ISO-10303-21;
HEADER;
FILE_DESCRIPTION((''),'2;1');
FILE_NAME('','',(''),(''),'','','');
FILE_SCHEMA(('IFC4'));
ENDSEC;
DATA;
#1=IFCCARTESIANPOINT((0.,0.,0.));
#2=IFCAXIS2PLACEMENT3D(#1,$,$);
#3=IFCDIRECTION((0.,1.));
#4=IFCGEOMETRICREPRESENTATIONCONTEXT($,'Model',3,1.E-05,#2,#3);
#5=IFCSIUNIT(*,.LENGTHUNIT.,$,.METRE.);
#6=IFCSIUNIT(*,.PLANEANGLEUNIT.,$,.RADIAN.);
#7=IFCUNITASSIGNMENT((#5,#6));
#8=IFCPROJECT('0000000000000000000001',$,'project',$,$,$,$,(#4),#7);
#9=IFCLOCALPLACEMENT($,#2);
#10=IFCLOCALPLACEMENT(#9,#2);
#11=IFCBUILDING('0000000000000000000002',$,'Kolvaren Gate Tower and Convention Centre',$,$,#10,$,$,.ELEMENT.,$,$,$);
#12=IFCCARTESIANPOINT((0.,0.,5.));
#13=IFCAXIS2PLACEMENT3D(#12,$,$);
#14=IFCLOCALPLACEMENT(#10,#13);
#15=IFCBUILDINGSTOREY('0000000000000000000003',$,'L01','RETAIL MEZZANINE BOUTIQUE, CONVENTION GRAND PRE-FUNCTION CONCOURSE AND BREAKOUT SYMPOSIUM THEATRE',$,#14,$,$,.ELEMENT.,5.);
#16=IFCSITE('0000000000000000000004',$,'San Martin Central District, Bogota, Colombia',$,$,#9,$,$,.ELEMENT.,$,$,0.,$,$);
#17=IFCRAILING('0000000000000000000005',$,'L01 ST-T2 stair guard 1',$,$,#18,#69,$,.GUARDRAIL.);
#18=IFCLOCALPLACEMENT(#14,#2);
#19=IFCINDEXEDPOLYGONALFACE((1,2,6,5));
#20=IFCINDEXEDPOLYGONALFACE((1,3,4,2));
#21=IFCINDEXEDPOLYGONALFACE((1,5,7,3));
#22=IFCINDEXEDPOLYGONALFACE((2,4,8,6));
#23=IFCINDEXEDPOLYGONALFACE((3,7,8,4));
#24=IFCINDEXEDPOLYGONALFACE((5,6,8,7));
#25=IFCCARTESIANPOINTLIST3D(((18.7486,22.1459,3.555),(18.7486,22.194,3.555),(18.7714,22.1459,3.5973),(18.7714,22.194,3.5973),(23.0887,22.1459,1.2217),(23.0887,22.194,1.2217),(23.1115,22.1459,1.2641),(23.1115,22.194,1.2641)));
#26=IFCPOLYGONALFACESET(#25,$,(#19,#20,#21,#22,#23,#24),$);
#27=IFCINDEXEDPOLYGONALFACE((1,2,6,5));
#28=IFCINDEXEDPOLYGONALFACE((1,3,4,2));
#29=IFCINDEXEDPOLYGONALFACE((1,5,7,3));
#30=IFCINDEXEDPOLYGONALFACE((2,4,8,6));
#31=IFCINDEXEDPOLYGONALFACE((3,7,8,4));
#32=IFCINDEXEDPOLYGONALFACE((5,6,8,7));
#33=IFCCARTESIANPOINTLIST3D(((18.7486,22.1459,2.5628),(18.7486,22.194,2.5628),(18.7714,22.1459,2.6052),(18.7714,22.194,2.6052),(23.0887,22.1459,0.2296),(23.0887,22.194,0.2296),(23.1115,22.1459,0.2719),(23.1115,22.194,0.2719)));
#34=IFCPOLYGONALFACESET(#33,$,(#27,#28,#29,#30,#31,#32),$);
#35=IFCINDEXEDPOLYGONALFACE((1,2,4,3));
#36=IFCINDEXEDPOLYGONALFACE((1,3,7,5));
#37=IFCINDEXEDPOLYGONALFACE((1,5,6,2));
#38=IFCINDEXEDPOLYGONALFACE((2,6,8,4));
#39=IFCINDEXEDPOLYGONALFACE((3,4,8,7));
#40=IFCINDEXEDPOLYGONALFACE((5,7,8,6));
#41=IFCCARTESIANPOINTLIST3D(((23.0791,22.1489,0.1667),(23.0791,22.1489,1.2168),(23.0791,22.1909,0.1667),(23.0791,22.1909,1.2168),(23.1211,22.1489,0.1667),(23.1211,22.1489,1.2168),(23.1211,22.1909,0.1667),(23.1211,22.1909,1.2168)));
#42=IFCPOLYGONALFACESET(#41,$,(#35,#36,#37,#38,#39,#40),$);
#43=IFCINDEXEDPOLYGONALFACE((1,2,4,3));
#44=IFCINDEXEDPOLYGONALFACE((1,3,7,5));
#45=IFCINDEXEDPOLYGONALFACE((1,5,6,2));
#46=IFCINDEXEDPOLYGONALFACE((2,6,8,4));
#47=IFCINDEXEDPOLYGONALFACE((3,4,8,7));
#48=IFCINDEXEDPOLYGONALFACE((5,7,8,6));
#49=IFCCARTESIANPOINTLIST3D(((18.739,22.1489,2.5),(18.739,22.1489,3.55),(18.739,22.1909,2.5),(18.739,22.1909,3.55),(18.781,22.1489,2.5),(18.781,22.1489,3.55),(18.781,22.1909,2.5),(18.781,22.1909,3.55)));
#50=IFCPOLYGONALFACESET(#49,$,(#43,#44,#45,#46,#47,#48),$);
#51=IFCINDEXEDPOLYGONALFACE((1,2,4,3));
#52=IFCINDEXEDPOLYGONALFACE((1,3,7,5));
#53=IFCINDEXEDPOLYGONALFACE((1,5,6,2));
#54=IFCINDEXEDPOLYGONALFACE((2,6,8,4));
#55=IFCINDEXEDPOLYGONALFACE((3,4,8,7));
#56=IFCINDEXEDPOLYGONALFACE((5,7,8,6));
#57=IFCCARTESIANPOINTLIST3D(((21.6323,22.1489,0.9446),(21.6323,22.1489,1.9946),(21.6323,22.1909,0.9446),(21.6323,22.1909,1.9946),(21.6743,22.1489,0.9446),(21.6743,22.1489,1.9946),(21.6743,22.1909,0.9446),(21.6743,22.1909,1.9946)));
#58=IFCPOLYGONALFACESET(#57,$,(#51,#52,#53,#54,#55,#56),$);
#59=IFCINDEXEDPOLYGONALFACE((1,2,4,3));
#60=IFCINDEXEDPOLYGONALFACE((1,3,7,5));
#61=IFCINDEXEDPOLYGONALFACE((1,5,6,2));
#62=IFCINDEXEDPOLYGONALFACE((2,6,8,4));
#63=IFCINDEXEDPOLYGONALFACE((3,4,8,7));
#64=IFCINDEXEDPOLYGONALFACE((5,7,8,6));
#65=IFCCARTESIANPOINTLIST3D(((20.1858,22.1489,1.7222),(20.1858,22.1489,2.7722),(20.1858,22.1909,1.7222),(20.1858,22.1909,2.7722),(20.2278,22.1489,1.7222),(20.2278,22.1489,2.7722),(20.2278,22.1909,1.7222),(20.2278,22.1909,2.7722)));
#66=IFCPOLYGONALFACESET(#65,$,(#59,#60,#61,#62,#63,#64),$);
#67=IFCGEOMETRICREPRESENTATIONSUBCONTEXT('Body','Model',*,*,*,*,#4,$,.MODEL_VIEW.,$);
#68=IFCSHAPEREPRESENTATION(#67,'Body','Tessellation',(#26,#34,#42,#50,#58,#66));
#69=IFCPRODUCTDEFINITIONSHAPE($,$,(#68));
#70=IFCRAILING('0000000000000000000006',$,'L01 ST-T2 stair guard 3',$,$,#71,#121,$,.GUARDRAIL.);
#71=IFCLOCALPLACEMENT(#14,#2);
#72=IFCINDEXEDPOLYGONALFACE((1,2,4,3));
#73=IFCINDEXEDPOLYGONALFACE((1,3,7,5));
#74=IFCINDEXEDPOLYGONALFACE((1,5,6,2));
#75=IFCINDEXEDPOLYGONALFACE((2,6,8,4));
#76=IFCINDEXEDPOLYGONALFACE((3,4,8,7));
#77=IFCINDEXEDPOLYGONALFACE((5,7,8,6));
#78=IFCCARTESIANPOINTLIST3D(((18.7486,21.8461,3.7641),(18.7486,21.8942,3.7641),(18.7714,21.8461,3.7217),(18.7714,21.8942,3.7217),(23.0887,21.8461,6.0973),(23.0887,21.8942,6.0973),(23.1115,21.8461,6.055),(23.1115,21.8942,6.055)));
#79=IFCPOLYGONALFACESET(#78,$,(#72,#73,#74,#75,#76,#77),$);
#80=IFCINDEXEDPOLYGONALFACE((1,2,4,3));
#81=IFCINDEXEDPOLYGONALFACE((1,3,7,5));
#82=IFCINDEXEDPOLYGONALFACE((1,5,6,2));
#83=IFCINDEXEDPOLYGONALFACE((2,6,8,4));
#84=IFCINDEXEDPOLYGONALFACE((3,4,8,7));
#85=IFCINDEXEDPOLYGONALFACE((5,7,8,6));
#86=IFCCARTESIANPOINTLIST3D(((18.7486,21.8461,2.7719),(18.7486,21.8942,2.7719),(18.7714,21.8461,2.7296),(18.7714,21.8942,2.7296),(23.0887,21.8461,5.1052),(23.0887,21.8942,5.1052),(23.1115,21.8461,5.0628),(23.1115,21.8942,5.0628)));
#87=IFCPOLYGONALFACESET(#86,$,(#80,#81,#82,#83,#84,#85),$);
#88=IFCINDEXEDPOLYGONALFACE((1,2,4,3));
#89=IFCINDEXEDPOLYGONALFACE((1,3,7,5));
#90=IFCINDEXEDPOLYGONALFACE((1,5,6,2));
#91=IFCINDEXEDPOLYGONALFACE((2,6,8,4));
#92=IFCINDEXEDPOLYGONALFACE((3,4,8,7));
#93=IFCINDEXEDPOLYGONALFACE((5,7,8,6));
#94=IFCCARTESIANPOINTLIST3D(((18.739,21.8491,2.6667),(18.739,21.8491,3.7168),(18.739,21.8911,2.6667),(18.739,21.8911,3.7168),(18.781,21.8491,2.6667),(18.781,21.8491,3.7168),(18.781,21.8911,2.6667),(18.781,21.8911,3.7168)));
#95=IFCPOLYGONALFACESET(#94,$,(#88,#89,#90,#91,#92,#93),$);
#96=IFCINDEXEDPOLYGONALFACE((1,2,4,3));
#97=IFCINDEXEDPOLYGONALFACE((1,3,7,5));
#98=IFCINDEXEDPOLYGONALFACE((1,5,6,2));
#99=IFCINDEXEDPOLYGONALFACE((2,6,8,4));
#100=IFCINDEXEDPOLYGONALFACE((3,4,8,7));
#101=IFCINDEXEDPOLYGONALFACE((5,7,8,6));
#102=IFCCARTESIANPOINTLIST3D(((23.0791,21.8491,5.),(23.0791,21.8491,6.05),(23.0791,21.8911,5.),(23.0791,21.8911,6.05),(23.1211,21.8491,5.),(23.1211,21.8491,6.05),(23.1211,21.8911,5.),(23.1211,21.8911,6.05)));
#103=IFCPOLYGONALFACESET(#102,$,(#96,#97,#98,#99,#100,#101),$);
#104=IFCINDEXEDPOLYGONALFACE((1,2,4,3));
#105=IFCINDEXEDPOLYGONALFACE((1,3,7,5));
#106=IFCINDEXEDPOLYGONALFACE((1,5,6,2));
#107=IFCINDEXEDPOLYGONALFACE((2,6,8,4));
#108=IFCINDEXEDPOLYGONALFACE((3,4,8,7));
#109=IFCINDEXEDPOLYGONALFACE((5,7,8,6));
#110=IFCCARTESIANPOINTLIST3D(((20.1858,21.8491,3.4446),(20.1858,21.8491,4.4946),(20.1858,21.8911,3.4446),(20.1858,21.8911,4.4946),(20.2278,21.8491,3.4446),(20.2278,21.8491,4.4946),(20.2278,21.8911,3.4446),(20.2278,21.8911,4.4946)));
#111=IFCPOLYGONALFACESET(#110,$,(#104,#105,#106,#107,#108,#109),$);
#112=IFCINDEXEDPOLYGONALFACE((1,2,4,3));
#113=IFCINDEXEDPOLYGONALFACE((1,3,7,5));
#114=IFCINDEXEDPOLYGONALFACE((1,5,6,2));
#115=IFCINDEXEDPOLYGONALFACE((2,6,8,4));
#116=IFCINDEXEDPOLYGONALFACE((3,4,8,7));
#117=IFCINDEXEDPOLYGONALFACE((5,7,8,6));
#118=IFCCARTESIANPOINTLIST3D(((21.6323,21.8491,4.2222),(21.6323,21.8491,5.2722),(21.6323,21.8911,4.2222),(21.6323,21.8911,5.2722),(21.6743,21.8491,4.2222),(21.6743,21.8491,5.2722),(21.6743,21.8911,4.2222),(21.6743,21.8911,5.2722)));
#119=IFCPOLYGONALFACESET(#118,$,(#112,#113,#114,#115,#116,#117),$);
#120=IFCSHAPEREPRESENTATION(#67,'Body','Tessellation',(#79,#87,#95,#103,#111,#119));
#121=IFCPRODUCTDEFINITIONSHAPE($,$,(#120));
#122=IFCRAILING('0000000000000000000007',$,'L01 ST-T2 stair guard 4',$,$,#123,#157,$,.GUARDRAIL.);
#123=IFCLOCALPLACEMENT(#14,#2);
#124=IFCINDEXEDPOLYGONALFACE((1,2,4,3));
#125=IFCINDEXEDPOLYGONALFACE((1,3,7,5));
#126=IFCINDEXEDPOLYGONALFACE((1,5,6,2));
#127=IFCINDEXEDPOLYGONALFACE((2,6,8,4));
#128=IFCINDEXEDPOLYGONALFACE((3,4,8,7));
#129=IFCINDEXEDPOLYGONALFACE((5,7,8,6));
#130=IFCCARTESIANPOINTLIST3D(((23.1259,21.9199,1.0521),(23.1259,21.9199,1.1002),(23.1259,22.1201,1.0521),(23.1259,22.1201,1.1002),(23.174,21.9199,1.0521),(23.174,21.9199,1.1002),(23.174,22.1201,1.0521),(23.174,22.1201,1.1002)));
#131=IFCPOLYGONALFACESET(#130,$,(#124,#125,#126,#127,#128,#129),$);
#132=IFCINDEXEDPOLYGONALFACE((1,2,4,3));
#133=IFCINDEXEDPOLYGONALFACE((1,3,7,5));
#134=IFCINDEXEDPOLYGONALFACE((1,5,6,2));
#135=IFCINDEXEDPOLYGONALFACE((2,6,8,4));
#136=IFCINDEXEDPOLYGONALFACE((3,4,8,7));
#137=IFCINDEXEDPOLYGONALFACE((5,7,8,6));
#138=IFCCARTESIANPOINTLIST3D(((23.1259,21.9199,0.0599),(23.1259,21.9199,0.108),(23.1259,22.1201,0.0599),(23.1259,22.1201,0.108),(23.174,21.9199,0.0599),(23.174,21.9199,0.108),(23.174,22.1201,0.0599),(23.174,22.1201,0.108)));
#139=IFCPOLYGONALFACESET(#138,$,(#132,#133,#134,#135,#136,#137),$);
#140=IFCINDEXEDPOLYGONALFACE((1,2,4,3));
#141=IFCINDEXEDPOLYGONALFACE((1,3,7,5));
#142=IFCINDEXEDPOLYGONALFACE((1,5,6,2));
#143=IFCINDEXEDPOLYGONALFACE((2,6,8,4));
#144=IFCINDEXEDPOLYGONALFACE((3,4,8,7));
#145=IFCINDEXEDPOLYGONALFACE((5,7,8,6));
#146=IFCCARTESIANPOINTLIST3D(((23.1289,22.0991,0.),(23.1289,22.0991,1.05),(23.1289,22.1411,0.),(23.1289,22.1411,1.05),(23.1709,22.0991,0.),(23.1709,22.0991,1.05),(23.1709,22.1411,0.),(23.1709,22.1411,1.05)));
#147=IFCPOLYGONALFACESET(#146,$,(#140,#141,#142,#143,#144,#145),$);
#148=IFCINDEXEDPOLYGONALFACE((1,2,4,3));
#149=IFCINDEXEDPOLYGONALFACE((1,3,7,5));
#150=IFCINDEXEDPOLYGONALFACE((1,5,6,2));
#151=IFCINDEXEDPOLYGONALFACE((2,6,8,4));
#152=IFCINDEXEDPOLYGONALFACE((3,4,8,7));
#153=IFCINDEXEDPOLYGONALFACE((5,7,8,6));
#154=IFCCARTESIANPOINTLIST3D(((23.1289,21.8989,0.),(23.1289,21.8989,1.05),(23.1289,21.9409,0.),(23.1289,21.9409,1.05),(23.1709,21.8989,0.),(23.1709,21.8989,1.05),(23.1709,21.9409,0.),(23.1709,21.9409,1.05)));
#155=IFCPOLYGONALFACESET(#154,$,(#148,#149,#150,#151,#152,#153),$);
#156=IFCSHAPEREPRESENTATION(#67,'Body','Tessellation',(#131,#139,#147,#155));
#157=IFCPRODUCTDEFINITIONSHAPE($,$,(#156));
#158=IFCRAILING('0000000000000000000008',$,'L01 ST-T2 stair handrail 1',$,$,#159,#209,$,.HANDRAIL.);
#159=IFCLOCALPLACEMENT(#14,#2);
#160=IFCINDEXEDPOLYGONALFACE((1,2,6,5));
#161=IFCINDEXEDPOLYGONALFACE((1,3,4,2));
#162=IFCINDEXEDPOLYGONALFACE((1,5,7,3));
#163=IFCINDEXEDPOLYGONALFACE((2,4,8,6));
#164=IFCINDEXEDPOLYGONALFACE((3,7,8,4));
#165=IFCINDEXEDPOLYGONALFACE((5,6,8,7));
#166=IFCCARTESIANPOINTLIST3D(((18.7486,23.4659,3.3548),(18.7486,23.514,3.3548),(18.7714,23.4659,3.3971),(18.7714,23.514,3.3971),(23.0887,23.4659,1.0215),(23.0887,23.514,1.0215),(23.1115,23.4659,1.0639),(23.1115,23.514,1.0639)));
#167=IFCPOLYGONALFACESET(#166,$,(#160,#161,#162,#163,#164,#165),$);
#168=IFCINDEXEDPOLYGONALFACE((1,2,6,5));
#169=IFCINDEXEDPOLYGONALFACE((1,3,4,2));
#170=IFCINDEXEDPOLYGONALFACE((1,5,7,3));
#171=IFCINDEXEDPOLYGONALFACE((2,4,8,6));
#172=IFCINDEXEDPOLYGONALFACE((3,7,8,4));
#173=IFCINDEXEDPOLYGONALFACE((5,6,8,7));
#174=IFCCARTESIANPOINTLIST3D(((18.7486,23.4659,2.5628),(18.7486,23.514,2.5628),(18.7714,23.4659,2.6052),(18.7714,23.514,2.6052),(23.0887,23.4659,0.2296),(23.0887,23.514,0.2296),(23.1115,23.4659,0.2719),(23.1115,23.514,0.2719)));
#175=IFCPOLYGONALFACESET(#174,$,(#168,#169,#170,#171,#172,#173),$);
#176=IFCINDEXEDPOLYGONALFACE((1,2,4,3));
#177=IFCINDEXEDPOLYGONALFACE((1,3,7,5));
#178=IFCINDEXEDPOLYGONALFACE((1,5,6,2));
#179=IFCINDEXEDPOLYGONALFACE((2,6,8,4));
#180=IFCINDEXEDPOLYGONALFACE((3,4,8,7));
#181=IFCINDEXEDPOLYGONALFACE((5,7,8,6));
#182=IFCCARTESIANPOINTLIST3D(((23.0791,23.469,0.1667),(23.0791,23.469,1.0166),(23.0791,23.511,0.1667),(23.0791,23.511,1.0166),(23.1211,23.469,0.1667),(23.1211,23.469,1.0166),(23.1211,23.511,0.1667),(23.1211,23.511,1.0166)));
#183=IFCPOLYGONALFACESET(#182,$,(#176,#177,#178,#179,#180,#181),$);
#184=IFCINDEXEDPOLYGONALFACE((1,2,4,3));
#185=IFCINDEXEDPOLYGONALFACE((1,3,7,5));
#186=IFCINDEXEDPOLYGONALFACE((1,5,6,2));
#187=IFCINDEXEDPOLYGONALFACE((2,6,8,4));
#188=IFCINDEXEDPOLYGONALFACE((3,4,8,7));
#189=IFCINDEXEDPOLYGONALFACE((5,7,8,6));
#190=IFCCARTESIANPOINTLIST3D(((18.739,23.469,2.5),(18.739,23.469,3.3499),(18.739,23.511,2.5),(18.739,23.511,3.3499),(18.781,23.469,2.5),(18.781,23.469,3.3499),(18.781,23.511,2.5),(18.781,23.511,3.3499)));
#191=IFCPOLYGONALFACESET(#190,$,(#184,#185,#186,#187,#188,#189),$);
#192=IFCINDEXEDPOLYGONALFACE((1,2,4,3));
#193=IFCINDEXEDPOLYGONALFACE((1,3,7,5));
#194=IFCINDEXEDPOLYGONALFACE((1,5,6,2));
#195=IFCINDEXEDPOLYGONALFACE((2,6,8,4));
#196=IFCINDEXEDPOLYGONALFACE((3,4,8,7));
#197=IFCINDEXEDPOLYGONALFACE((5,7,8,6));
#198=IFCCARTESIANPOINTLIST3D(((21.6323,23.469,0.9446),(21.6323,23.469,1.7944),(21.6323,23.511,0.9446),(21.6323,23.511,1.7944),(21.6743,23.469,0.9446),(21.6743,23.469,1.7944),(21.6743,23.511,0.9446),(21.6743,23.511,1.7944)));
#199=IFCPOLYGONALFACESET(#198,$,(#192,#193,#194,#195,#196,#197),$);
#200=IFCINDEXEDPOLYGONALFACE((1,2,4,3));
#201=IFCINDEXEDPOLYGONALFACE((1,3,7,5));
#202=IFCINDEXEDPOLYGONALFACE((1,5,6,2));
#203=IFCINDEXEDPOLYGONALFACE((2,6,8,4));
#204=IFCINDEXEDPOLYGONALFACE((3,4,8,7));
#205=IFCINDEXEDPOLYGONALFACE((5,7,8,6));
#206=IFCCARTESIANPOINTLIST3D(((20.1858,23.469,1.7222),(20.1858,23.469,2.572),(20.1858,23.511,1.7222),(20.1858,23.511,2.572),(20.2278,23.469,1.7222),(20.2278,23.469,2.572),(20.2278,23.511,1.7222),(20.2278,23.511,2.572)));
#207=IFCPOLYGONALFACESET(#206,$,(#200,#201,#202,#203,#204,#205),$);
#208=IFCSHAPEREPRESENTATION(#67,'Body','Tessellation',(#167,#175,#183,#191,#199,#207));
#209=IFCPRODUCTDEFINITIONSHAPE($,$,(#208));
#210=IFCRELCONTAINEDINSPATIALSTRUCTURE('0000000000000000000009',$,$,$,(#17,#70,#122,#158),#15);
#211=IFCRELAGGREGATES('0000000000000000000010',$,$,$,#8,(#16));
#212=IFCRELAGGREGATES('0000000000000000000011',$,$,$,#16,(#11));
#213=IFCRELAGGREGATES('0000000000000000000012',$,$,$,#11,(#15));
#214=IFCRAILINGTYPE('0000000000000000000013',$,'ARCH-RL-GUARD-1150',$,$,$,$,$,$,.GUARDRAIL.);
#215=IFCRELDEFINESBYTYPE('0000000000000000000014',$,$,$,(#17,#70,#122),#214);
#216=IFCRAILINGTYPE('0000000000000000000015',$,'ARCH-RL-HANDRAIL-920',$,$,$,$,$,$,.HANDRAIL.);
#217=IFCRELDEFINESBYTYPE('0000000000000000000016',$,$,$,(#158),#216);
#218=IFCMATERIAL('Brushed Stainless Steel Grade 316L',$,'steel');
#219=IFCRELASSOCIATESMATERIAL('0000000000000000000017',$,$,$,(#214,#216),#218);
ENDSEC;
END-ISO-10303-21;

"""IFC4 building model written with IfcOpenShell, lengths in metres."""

from ifc_helpers import new_model, si_unit, direction, frame, origin, origin_2d, place, context, subcontext, project, spatial, rectangle, extrude, material, type_object, element, save


model = new_model("IFC4")

# Units and contexts
model_context = context("Model", 3, precision=1e-05, world=origin(), true_north=direction((0.0, 1.0)))
body_context = subcontext(model_context, "Body", "Model", "MODEL_VIEW")
ifc_project = project(units=[si_unit("LENGTHUNIT", "METRE"), si_unit("PLANEANGLEUNIT", "RADIAN")], contexts=[model_context])

# Site, building, storey
site_placement = place(None, origin())
site = spatial("IfcSite", under=ifc_project, at=site_placement, Name="San Martin Central District, Bogota, Colombia", CompositionType="ELEMENT", RefElevation=0.0)
building_placement = place(site_placement, origin())
building = spatial("IfcBuilding", under=site, at=building_placement, Name="Kolvaren Gate Tower and Convention Centre", CompositionType="ELEMENT")
storey_placement = place(building_placement, frame((0.0, 0.0, 5.0)))
storey = spatial("IfcBuildingStorey", under=building, at=storey_placement, Name="L01", Description="RETAIL MEZZANINE BOUTIQUE, CONVENTION GRAND PRE-FUNCTION CONCOURSE AND BREAKOUT SYMPOSIUM THEATRE", CompositionType="ELEMENT", Elevation=5.0)

# Shared definitions
ifc_material_1 = material(Name="Brushed Stainless Steel Grade 316L", Category="steel")

# Railings
railing_type_1 = type_object("IfcRailingType", Name="ARCH-RL-GUARD-1150", PredefinedType="GUARDRAIL", material=ifc_material_1)
railing_1_placement = place(storey_placement, frame((23.1001, 22.1699, 0.1667)))
element("IfcRailing", 1, at=railing_1_placement, inside=storey, type_object=railing_type_1, Name="L01 ST-T2 stair guard 1", PredefinedType="GUARDRAIL", context=body_context, shape_type="SweptSolid", body=[
    extrude(rectangle(XDim=0.0481, YDim=0.0481, at=origin_2d()), frame((0.0, 0.0, 1.0762), z_axis=(-0.880786, 0.0, 0.473515), x_axis=(0.0, -1.0, 0.0)), (0.0, 0.0, 1.0), 4.9275),
    extrude(rectangle(XDim=0.0481, YDim=0.0481, at=origin_2d()), frame((0.0, 0.0, 0.084), z_axis=(-0.880786, 0.0, 0.473515), x_axis=(0.0, -1.0, 0.0)), (0.0, 0.0, 1.0), 4.9275),
    extrude(rectangle(XDim=0.042, YDim=0.042, at=origin_2d()), origin(), (0.0, 0.0, 1.0), 1.05),
    extrude(rectangle(XDim=0.042, YDim=0.042, at=origin_2d()), frame((-4.3401, 0.0, 2.3333)), (0.0, 0.0, 1.0), 1.05),
    extrude(rectangle(XDim=0.042, YDim=0.042, at=origin_2d()), frame((-1.4468, 0.0, 0.7778)), (0.0, 0.0, 1.0), 1.05),
    extrude(rectangle(XDim=0.042, YDim=0.042, at=origin_2d()), frame((-2.8933, 0.0, 1.5554)), (0.0, 0.0, 1.0), 1.05),
])
railing_2_placement = place(storey_placement, frame((18.76, 21.8701, 2.6667)))
element("IfcRailing", 2, at=railing_2_placement, inside=storey, type_object=railing_type_1, Name="L01 ST-T2 stair guard 3", PredefinedType="GUARDRAIL", context=body_context, shape_type="SweptSolid", body=[
    extrude(rectangle(XDim=0.0481, YDim=0.0481, at=origin_2d()), frame((0.0, 0.0, 1.0762), z_axis=(0.880786, 0.0, 0.473515), x_axis=(0.0, 1.0, 0.0)), (0.0, 0.0, 1.0), 4.9275),
    extrude(rectangle(XDim=0.0481, YDim=0.0481, at=origin_2d()), frame((0.0, 0.0, 0.084), z_axis=(0.880786, 0.0, 0.473515), x_axis=(0.0, 1.0, 0.0)), (0.0, 0.0, 1.0), 4.9275),
    extrude(rectangle(XDim=0.042, YDim=0.042, at=origin_2d()), origin(), (0.0, 0.0, 1.0), 1.05),
    extrude(rectangle(XDim=0.042, YDim=0.042, at=origin_2d()), frame((4.3401, 0.0, 2.3333)), (0.0, 0.0, 1.0), 1.05),
    extrude(rectangle(XDim=0.042, YDim=0.042, at=origin_2d()), frame((1.4468, 0.0, 0.7778)), (0.0, 0.0, 1.0), 1.05),
    extrude(rectangle(XDim=0.042, YDim=0.042, at=origin_2d()), frame((2.8933, 0.0, 1.5554)), (0.0, 0.0, 1.0), 1.05),
])
railing_3_placement = place(storey_placement, frame((23.1499, 22.1201, 0.0)))
element("IfcRailing", 3, at=railing_3_placement, inside=storey, type_object=railing_type_1, Name="L01 ST-T2 stair guard 4", PredefinedType="GUARDRAIL", context=body_context, shape_type="SweptSolid", body=[
    extrude(rectangle(XDim=0.0481, YDim=0.0481, at=origin_2d()), frame((0.0, 0.0, 1.0762), z_axis=(0.0, -1.0, 0.0), x_axis=(1.0, 0.0, 0.0)), (0.0, 0.0, 1.0), 0.2002),
    extrude(rectangle(XDim=0.0481, YDim=0.0481, at=origin_2d()), frame((0.0, 0.0, 0.084), z_axis=(0.0, -1.0, 0.0), x_axis=(1.0, 0.0, 0.0)), (0.0, 0.0, 1.0), 0.2002),
    extrude(rectangle(XDim=0.042, YDim=0.042, at=origin_2d()), origin(), (0.0, 0.0, 1.0), 1.05),
    extrude(rectangle(XDim=0.042, YDim=0.042, at=origin_2d()), frame((0.0, -0.2002, 0.0)), (0.0, 0.0, 1.0), 1.05),
])
railing_type_2 = type_object("IfcRailingType", Name="ARCH-RL-HANDRAIL-920", PredefinedType="HANDRAIL", material=ifc_material_1)
railing_4_placement = place(storey_placement, frame((23.1001, 23.49, 0.1667)))
element("IfcRailing", 4, at=railing_4_placement, inside=storey, type_object=railing_type_2, Name="L01 ST-T2 stair handrail 1", PredefinedType="HANDRAIL", context=body_context, shape_type="SweptSolid", body=[
    extrude(rectangle(XDim=0.0481, YDim=0.0481, at=origin_2d()), frame((0.0, 0.0, 0.876), z_axis=(-0.880786, 0.0, 0.473515), x_axis=(0.0, -1.0, 0.0)), (0.0, 0.0, 1.0), 4.9275),
    extrude(rectangle(XDim=0.0481, YDim=0.0481, at=origin_2d()), frame((0.0, 0.0, 0.084), z_axis=(-0.880786, 0.0, 0.473515), x_axis=(0.0, -1.0, 0.0)), (0.0, 0.0, 1.0), 4.9275),
    extrude(rectangle(XDim=0.042, YDim=0.042, at=origin_2d()), origin(), (0.0, 0.0, 1.0), 0.8499),
    extrude(rectangle(XDim=0.042, YDim=0.042, at=origin_2d()), frame((-4.3401, 0.0, 2.3333)), (0.0, 0.0, 1.0), 0.8499),
    extrude(rectangle(XDim=0.042, YDim=0.042, at=origin_2d()), frame((-1.4468, 0.0, 0.7778)), (0.0, 0.0, 1.0), 0.8499),
    extrude(rectangle(XDim=0.042, YDim=0.042, at=origin_2d()), frame((-2.8933, 0.0, 1.5554)), (0.0, 0.0, 1.0), 0.8499),
])

save(model, "model.ifc")
